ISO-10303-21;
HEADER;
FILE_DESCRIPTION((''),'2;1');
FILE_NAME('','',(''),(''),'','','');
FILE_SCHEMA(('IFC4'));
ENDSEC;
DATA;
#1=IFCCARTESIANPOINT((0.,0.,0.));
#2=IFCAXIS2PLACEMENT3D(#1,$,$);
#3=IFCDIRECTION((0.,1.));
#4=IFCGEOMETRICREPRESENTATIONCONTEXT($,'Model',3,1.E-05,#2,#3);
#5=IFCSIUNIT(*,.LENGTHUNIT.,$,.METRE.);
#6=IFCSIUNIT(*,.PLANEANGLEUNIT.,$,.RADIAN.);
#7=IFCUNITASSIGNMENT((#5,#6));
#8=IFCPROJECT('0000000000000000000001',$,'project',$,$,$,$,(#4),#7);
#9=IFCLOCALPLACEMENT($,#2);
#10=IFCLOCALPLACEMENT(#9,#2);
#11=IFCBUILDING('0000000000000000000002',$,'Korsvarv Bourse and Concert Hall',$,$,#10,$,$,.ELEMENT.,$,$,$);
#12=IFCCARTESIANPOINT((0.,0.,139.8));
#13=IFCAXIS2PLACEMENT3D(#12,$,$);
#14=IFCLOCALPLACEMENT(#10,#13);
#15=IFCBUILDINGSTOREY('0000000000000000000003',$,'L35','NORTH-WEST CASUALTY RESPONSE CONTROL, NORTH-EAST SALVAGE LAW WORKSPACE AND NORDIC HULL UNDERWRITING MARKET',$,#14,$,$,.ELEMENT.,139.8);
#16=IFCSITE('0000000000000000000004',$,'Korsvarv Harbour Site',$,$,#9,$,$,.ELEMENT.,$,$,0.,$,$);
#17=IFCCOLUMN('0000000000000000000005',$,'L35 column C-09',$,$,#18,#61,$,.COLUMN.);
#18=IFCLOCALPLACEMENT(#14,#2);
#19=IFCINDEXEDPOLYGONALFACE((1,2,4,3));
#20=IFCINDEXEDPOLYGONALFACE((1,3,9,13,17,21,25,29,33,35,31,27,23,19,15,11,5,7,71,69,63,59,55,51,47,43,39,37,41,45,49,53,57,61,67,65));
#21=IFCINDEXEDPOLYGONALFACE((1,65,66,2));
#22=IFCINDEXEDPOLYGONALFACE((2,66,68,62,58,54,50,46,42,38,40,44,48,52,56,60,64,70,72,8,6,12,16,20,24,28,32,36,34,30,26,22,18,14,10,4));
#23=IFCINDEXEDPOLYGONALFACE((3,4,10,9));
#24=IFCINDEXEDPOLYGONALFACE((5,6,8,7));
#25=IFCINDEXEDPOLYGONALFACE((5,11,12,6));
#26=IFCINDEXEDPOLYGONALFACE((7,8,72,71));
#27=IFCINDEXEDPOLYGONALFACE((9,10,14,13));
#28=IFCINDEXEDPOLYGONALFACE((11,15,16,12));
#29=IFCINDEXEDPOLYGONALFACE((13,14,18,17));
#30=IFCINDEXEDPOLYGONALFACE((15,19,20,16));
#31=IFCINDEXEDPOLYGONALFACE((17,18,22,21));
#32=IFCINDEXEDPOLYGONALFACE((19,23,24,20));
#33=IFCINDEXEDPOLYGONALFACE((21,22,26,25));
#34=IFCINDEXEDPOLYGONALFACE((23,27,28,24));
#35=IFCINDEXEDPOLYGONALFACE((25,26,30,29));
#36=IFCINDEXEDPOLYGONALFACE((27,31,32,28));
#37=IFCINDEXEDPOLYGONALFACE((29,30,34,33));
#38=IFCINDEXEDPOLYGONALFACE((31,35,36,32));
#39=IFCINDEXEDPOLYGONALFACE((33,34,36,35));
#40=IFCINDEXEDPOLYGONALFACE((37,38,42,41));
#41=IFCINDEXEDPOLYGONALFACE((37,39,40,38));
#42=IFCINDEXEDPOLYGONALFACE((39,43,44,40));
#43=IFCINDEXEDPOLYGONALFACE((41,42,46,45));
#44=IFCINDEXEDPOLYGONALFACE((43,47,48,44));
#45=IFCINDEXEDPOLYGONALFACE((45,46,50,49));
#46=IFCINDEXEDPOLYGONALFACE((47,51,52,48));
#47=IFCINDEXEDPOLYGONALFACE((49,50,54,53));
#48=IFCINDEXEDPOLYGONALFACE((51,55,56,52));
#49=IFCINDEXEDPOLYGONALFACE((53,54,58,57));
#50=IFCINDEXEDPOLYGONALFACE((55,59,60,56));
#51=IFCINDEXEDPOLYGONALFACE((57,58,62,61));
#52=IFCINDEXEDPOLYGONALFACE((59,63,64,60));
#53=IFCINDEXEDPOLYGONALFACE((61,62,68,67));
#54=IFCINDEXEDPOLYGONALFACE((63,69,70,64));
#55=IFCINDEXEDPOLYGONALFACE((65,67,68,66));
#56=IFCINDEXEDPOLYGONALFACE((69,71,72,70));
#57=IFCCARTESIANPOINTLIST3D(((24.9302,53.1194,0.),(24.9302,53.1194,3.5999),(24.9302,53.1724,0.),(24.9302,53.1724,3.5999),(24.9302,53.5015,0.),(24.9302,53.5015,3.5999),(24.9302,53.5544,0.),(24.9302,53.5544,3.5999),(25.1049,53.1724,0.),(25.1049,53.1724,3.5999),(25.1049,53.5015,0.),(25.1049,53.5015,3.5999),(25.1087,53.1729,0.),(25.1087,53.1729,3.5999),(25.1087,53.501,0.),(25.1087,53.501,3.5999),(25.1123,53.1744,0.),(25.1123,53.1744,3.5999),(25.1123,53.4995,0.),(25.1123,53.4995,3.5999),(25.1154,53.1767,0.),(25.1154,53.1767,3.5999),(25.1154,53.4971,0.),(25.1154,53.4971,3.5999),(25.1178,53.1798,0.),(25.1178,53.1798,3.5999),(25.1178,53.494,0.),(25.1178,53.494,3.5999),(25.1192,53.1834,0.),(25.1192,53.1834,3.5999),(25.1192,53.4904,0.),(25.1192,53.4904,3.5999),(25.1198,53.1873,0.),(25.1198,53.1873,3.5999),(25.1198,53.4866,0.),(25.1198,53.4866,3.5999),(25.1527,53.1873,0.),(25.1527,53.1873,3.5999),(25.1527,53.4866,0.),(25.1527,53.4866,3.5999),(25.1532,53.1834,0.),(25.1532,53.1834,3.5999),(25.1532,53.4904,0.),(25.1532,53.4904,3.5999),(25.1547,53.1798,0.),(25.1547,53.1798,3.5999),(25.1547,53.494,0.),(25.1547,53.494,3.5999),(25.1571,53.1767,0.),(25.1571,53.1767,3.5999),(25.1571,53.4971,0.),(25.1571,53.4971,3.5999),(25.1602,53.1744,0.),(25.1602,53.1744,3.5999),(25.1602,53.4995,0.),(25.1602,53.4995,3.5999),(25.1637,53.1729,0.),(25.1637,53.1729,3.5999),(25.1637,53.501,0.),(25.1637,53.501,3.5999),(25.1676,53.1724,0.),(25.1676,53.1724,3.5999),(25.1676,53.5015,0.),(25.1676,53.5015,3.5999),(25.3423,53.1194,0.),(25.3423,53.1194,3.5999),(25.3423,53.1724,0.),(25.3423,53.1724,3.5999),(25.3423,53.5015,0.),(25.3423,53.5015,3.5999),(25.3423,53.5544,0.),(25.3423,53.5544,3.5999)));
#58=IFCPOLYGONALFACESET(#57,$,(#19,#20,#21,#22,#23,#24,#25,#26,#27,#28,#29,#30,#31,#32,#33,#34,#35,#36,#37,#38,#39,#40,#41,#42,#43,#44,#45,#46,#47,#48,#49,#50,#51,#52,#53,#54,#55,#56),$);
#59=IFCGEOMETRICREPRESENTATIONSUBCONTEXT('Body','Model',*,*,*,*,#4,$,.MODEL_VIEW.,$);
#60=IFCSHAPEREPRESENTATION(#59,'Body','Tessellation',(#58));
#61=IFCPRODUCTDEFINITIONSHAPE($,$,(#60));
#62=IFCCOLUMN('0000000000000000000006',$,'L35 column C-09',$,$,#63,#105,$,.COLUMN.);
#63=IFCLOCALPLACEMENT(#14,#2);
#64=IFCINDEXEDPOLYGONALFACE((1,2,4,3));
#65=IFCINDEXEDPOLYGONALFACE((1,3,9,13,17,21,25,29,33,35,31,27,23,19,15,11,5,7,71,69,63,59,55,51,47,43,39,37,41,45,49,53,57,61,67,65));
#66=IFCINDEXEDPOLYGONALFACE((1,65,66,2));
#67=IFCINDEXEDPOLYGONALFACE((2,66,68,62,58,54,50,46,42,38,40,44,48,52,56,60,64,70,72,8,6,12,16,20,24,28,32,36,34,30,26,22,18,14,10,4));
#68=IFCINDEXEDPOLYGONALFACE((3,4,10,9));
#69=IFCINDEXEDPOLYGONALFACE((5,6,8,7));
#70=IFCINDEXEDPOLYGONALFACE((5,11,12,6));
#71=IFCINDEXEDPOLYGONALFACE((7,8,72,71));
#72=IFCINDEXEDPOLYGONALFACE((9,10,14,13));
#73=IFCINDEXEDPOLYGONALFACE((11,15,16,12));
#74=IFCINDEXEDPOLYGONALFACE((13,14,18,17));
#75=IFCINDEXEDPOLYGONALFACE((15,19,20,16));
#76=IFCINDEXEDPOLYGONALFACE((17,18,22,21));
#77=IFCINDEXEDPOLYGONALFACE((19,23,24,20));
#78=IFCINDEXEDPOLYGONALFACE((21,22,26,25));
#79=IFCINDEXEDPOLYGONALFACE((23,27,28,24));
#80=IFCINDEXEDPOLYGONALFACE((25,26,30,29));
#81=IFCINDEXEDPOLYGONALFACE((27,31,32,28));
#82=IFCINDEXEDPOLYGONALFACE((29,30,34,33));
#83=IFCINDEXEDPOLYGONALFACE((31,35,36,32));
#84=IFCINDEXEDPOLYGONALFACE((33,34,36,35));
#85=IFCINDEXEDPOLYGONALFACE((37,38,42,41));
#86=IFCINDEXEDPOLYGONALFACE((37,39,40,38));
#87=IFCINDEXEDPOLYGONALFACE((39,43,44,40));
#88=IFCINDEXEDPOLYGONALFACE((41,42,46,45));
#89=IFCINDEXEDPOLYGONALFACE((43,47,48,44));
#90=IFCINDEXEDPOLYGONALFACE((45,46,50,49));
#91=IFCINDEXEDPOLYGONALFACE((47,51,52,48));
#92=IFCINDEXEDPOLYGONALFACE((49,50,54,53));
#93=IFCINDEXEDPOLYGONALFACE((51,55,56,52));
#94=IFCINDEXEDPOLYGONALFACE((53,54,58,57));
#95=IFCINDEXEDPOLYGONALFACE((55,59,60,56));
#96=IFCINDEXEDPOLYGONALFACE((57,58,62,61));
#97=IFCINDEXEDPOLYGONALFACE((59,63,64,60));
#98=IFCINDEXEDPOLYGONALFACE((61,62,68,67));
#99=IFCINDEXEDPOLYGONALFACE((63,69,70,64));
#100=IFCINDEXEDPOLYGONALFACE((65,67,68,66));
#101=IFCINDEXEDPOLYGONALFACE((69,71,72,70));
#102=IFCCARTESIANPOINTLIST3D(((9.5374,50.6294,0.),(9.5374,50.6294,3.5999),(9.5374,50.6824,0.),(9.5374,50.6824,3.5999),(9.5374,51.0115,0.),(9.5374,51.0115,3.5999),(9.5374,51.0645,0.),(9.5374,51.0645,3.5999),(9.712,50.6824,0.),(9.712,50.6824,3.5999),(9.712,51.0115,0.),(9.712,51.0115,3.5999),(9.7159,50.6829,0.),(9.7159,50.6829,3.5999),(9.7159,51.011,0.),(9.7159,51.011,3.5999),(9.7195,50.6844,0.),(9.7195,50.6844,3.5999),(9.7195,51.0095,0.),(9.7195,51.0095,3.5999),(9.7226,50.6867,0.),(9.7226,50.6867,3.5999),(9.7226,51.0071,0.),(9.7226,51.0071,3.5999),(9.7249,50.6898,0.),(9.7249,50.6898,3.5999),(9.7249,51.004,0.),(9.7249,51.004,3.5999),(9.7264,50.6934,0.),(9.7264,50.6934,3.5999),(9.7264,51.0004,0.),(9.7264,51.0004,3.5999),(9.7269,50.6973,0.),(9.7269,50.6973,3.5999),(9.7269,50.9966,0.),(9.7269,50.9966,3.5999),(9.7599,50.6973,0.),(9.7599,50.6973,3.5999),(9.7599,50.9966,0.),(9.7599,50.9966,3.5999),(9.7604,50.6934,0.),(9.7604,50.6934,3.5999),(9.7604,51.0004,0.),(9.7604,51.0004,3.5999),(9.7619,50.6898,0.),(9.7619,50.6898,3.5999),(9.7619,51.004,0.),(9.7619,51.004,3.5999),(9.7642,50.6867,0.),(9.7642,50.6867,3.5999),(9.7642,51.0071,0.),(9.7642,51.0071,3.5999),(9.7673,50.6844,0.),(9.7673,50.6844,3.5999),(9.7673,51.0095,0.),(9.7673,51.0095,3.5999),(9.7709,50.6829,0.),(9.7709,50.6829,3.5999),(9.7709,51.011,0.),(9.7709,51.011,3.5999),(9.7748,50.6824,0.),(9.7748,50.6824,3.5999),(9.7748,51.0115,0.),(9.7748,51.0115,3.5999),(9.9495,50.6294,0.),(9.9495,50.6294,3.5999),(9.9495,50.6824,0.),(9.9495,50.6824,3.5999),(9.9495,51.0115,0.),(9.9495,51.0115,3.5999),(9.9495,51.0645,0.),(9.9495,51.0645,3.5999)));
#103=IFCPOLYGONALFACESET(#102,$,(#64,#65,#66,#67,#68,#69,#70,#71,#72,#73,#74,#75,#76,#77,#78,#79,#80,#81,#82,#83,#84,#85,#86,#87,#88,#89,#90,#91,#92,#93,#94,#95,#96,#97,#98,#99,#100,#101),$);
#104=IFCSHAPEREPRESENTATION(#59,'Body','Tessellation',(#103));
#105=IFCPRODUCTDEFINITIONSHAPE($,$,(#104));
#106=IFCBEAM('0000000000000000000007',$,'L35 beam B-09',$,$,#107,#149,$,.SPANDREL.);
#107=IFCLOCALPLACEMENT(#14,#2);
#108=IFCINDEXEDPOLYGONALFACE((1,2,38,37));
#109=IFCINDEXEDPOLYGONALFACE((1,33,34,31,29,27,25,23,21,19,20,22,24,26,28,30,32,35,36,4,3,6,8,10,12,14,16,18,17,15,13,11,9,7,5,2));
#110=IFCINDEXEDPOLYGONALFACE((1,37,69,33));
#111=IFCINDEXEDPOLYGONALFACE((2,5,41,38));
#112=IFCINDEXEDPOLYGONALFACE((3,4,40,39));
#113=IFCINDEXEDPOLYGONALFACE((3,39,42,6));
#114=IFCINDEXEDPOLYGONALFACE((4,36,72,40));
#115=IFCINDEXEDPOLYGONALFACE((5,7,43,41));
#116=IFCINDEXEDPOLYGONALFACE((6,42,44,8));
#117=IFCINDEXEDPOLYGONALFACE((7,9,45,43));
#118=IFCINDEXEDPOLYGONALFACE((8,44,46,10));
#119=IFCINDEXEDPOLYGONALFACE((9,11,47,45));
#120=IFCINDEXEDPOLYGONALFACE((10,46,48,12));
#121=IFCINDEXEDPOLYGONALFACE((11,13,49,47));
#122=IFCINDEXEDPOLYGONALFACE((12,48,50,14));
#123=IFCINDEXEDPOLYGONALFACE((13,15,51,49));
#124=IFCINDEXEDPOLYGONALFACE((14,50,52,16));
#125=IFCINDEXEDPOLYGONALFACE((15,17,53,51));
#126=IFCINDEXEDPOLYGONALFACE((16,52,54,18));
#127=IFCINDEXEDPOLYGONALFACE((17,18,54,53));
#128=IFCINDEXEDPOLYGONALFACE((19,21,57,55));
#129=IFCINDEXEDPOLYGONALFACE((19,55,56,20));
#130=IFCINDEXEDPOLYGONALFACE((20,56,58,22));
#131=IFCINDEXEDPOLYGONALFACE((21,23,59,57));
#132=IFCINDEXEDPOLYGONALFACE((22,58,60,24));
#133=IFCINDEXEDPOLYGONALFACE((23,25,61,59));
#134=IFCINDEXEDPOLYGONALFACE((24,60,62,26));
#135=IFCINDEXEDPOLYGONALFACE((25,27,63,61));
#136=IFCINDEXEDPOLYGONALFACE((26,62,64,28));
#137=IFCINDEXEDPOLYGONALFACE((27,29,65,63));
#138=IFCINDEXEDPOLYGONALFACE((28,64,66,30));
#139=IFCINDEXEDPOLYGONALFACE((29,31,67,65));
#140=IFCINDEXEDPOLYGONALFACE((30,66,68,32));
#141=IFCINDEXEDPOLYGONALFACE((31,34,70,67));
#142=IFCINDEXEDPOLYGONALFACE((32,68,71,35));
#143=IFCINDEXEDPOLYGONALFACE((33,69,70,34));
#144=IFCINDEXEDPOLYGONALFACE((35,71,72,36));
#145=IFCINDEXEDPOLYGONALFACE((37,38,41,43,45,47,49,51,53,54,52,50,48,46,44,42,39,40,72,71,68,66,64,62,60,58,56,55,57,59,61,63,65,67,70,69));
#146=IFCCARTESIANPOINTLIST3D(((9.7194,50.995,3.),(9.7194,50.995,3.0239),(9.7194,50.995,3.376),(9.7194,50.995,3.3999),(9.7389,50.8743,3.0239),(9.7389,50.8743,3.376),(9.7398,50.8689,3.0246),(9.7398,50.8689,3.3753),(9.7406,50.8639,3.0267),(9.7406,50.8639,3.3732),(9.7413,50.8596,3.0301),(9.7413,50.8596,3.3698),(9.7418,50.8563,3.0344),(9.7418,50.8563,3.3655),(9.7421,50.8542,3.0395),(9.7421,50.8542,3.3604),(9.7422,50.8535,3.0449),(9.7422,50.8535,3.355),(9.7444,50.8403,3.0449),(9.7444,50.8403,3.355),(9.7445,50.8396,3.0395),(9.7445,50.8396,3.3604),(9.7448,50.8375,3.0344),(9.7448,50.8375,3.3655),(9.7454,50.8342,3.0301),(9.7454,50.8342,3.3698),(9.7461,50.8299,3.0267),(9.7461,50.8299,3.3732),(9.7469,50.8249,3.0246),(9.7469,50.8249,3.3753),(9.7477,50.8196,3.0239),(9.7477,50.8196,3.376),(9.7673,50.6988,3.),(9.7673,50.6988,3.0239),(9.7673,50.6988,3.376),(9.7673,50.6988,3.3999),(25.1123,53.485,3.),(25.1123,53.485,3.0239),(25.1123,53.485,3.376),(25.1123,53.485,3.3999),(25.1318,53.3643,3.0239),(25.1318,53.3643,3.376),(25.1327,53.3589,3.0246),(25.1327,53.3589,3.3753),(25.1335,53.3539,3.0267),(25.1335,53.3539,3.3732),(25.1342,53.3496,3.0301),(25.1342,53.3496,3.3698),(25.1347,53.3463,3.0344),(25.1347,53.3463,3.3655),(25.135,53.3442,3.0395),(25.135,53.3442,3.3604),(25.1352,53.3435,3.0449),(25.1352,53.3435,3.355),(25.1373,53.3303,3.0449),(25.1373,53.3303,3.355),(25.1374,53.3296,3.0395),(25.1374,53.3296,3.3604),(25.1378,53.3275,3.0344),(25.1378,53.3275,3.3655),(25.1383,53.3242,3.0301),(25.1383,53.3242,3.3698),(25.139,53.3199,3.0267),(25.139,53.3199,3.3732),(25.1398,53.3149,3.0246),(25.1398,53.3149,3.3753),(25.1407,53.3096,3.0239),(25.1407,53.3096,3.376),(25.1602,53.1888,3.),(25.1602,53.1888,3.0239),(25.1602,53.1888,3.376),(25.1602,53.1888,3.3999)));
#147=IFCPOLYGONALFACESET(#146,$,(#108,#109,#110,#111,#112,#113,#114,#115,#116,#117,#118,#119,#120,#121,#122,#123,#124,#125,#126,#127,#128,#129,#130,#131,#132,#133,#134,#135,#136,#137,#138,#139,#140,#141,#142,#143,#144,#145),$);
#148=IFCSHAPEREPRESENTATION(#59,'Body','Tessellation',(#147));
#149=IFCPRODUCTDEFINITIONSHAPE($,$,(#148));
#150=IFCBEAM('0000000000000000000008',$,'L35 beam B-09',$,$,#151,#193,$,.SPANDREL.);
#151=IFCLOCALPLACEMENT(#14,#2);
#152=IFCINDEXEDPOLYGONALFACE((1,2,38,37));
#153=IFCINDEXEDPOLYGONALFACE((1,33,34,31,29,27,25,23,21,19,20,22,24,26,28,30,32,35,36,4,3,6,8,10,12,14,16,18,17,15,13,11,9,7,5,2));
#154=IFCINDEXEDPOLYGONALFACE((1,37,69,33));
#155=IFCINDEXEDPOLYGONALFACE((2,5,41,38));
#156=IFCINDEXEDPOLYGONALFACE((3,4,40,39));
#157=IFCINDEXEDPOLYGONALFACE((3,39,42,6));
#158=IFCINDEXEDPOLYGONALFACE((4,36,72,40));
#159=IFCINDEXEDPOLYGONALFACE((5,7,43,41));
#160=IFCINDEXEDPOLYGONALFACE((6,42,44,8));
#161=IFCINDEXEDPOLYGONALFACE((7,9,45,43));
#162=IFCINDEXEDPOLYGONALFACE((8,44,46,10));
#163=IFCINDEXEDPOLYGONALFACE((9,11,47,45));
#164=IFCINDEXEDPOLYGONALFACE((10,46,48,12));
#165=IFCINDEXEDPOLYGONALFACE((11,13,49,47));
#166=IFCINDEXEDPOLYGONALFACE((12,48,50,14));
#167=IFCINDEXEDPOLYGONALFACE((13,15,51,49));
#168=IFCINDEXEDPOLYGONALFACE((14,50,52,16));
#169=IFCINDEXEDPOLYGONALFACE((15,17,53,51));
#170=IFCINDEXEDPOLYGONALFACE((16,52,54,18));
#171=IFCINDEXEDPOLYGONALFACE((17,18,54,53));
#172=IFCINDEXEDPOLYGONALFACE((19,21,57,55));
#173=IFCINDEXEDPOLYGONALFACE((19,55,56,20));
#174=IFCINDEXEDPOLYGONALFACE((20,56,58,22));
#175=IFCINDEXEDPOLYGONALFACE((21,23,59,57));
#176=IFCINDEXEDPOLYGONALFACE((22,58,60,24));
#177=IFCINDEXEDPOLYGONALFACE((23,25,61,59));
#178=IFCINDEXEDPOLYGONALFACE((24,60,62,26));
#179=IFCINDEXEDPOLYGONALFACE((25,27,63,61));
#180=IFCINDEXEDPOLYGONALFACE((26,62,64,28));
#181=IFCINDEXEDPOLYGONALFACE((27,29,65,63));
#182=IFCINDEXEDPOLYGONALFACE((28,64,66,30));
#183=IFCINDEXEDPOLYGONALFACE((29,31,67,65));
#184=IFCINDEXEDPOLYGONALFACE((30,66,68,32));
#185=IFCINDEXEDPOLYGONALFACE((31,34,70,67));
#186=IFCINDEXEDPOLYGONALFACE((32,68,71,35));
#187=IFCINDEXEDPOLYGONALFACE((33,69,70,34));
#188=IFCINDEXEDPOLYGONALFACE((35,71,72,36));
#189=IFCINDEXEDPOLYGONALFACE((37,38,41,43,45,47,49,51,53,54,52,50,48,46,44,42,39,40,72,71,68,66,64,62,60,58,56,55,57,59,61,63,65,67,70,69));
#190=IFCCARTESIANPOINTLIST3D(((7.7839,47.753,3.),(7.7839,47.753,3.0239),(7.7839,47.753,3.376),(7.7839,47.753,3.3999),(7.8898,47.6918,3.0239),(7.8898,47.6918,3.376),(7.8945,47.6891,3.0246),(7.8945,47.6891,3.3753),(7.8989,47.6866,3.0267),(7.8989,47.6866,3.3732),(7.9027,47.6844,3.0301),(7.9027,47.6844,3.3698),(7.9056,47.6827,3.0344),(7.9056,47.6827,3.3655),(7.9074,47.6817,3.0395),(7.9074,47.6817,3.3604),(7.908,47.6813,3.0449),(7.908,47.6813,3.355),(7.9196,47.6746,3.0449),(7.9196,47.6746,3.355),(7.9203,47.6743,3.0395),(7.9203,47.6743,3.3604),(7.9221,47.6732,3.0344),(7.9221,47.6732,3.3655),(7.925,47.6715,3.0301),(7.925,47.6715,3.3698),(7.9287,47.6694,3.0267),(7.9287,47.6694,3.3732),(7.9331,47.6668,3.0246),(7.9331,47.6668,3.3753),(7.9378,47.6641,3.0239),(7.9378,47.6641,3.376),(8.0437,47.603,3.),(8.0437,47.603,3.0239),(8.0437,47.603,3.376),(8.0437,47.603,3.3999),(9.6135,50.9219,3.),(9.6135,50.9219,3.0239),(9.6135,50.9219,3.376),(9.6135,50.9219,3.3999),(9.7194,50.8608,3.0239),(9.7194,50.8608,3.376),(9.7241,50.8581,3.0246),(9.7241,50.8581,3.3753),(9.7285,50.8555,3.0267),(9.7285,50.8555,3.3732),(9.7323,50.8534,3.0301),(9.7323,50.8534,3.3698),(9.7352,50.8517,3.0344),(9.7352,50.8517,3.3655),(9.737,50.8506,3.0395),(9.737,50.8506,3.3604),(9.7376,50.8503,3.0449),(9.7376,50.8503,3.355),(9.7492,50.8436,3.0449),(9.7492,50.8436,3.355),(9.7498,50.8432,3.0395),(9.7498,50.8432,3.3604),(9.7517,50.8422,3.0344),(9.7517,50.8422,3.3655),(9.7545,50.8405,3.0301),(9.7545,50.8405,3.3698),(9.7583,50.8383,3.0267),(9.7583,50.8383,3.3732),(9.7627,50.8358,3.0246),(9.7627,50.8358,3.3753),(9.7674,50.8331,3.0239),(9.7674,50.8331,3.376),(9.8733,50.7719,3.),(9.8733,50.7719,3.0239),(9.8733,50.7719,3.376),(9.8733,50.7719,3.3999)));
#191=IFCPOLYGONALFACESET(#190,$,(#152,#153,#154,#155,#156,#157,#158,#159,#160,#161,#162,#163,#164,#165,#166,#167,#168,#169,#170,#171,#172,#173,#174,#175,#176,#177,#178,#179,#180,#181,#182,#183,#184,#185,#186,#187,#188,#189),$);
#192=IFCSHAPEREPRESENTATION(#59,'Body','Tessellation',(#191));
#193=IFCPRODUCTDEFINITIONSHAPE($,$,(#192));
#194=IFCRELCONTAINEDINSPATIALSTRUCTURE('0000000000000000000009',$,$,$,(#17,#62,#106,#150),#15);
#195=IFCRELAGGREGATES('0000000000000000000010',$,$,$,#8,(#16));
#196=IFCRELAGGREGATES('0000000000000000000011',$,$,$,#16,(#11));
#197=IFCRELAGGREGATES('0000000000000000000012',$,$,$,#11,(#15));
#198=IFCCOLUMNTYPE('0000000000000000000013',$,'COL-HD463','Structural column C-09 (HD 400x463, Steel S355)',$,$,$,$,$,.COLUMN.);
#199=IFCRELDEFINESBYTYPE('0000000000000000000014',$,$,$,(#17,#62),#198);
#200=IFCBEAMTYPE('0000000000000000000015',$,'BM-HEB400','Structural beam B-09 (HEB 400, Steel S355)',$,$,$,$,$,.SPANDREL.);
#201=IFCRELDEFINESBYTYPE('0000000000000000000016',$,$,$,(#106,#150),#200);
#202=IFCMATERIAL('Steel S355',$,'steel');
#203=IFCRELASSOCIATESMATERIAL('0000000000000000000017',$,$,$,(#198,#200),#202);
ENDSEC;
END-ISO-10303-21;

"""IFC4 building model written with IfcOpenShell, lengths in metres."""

from ifc_helpers import new_model, si_unit, direction, frame, origin, origin_2d, place, context, subcontext, project, spatial, i_section, extrude, source, transform, mapped, material, material_profile, profile_set, type_object, element, save


model = new_model("IFC4")

# Units and contexts
model_context = context("Model", 3, precision=1e-05, world=origin(), true_north=direction((0.0, 1.0)))
body_context = subcontext(model_context, "Body", "Model", "MODEL_VIEW")
ifc_project = project(units=[si_unit("LENGTHUNIT", "METRE"), si_unit("PLANEANGLEUNIT", "RADIAN")], contexts=[model_context])

# Site, building, storey
site_placement = place(None, origin())
site = spatial("IfcSite", under=ifc_project, at=site_placement, Name="Korsvarv Harbour Site", CompositionType="ELEMENT", RefElevation=0.0)
building_placement = place(site_placement, origin())
building = spatial("IfcBuilding", under=site, at=building_placement, Name="Korsvarv Bourse and Concert Hall", CompositionType="ELEMENT")
storey_placement = place(building_placement, frame((0.0, 0.0, 139.8)))
storey = spatial("IfcBuildingStorey", under=building, at=storey_placement, Name="L35", Description="NORTH-WEST CASUALTY RESPONSE CONTROL, NORTH-EAST SALVAGE LAW WORKSPACE AND NORDIC HULL UNDERWRITING MARKET", CompositionType="ELEMENT", Elevation=139.8)

# Columns
ifc_material_1 = material(Name="Steel S355", Category="steel")
ifc_material_profile_1 = material_profile(ifc_material_1, i_section(OverallWidth=0.4121, OverallDepth=0.4351, WebThickness=0.033, FlangeThickness=0.053, FilletRadius=0.0149, at=origin_2d()), Name="HD 400x463")
ifc_profile_set_1 = profile_set([ifc_material_profile_1], Name="Steel S355")
column_type = type_object("IfcColumnType", Name="COL-HD463", Description="Structural column C-09 (HD 400x463, Steel S355)", PredefinedType="COLUMN", material=ifc_profile_set_1)
shared_shape_1 = source(origin(), body_context, "Body", "SweptSolid", [
    extrude(i_section(OverallWidth=0.4121, OverallDepth=0.4351, WebThickness=0.033, FlangeThickness=0.053, FilletRadius=0.0149, at=origin_2d()), origin(), (0.0, 0.0, 1.0), 3.5999),
])
for number, where, z_axis, x_axis, name in (
    (1, (25.1362, 53.3369, 0.0), (0.0, 0.0, 1.0), (1.0, 0.0, 0.0), "L35 column C-09"),
    (2, (9.7434, 50.8469, 0.0), (0.0, 0.0, 1.0), (1.0, 0.0, 0.0), "L35 column C-09"),
):
    element("IfcColumn", number, at=place(storey_placement, frame(where, z_axis=z_axis, x_axis=x_axis)), inside=storey, type_object=column_type, Name=name, PredefinedType="COLUMN", context=body_context, shape_type="MappedRepresentation", body=[
        mapped(shared_shape_1, transform((0.0, 0.0, 0.0), scale=1.0)),
    ])

# Beams
ifc_material_profile_2 = material_profile(ifc_material_1, i_section(OverallWidth=0.3, OverallDepth=0.3999, WebThickness=0.0134, FlangeThickness=0.0239, FilletRadius=0.021, at=origin_2d()), Name="HEB 400")
ifc_profile_set_2 = profile_set([ifc_material_profile_2], Name="Steel S355")
beam_type_1 = type_object("IfcBeamType", Name="BM-HEB400", Description="Structural beam B-09 (HEB 400, Steel S355)", PredefinedType="SPANDREL", material=ifc_profile_set_2)
shared_shape_2 = source(origin(), body_context, "Body", "SweptSolid", [
    extrude(i_section(OverallWidth=0.3, OverallDepth=0.3999, WebThickness=0.0134, FlangeThickness=0.0239, FilletRadius=0.021, at=origin_2d()), origin(), (0.0, 0.0, 1.0), 15.593),
])
beam_1_placement = place(storey_placement, frame((25.1362, 53.3369, 3.2), z_axis=(-0.987168, -0.159687, 0.0), x_axis=(0.159687, -0.987168, 0.0)))
element("IfcBeam", 3, at=beam_1_placement, inside=storey, type_object=beam_type_1, Name="L35 beam B-09", PredefinedType="SPANDREL", context=body_context, shape_type="MappedRepresentation", body=[
    mapped(shared_shape_2, transform((0.0, 0.0, 0.0), scale=1.0)),
])
shared_shape_3 = source(origin(), body_context, "Body", "SweptSolid", [
    extrude(i_section(OverallWidth=0.3, OverallDepth=0.3999, WebThickness=0.0134, FlangeThickness=0.0239, FilletRadius=0.021, at=origin_2d()), origin(), (0.0, 0.0, 1.0), 3.6592),
])
beam_2_placement = place(storey_placement, frame((9.7434, 50.8469, 3.2), z_axis=(-0.5, -0.866026, 0.0), x_axis=(0.866026, -0.5, 0.0)))
element("IfcBeam", 4, at=beam_2_placement, inside=storey, type_object=beam_type_1, Name="L35 beam B-09", PredefinedType="SPANDREL", context=body_context, shape_type="MappedRepresentation", body=[
    mapped(shared_shape_3, transform((0.0, 0.0, 0.0), scale=1.0)),
])

save(model, "model.ifc")
